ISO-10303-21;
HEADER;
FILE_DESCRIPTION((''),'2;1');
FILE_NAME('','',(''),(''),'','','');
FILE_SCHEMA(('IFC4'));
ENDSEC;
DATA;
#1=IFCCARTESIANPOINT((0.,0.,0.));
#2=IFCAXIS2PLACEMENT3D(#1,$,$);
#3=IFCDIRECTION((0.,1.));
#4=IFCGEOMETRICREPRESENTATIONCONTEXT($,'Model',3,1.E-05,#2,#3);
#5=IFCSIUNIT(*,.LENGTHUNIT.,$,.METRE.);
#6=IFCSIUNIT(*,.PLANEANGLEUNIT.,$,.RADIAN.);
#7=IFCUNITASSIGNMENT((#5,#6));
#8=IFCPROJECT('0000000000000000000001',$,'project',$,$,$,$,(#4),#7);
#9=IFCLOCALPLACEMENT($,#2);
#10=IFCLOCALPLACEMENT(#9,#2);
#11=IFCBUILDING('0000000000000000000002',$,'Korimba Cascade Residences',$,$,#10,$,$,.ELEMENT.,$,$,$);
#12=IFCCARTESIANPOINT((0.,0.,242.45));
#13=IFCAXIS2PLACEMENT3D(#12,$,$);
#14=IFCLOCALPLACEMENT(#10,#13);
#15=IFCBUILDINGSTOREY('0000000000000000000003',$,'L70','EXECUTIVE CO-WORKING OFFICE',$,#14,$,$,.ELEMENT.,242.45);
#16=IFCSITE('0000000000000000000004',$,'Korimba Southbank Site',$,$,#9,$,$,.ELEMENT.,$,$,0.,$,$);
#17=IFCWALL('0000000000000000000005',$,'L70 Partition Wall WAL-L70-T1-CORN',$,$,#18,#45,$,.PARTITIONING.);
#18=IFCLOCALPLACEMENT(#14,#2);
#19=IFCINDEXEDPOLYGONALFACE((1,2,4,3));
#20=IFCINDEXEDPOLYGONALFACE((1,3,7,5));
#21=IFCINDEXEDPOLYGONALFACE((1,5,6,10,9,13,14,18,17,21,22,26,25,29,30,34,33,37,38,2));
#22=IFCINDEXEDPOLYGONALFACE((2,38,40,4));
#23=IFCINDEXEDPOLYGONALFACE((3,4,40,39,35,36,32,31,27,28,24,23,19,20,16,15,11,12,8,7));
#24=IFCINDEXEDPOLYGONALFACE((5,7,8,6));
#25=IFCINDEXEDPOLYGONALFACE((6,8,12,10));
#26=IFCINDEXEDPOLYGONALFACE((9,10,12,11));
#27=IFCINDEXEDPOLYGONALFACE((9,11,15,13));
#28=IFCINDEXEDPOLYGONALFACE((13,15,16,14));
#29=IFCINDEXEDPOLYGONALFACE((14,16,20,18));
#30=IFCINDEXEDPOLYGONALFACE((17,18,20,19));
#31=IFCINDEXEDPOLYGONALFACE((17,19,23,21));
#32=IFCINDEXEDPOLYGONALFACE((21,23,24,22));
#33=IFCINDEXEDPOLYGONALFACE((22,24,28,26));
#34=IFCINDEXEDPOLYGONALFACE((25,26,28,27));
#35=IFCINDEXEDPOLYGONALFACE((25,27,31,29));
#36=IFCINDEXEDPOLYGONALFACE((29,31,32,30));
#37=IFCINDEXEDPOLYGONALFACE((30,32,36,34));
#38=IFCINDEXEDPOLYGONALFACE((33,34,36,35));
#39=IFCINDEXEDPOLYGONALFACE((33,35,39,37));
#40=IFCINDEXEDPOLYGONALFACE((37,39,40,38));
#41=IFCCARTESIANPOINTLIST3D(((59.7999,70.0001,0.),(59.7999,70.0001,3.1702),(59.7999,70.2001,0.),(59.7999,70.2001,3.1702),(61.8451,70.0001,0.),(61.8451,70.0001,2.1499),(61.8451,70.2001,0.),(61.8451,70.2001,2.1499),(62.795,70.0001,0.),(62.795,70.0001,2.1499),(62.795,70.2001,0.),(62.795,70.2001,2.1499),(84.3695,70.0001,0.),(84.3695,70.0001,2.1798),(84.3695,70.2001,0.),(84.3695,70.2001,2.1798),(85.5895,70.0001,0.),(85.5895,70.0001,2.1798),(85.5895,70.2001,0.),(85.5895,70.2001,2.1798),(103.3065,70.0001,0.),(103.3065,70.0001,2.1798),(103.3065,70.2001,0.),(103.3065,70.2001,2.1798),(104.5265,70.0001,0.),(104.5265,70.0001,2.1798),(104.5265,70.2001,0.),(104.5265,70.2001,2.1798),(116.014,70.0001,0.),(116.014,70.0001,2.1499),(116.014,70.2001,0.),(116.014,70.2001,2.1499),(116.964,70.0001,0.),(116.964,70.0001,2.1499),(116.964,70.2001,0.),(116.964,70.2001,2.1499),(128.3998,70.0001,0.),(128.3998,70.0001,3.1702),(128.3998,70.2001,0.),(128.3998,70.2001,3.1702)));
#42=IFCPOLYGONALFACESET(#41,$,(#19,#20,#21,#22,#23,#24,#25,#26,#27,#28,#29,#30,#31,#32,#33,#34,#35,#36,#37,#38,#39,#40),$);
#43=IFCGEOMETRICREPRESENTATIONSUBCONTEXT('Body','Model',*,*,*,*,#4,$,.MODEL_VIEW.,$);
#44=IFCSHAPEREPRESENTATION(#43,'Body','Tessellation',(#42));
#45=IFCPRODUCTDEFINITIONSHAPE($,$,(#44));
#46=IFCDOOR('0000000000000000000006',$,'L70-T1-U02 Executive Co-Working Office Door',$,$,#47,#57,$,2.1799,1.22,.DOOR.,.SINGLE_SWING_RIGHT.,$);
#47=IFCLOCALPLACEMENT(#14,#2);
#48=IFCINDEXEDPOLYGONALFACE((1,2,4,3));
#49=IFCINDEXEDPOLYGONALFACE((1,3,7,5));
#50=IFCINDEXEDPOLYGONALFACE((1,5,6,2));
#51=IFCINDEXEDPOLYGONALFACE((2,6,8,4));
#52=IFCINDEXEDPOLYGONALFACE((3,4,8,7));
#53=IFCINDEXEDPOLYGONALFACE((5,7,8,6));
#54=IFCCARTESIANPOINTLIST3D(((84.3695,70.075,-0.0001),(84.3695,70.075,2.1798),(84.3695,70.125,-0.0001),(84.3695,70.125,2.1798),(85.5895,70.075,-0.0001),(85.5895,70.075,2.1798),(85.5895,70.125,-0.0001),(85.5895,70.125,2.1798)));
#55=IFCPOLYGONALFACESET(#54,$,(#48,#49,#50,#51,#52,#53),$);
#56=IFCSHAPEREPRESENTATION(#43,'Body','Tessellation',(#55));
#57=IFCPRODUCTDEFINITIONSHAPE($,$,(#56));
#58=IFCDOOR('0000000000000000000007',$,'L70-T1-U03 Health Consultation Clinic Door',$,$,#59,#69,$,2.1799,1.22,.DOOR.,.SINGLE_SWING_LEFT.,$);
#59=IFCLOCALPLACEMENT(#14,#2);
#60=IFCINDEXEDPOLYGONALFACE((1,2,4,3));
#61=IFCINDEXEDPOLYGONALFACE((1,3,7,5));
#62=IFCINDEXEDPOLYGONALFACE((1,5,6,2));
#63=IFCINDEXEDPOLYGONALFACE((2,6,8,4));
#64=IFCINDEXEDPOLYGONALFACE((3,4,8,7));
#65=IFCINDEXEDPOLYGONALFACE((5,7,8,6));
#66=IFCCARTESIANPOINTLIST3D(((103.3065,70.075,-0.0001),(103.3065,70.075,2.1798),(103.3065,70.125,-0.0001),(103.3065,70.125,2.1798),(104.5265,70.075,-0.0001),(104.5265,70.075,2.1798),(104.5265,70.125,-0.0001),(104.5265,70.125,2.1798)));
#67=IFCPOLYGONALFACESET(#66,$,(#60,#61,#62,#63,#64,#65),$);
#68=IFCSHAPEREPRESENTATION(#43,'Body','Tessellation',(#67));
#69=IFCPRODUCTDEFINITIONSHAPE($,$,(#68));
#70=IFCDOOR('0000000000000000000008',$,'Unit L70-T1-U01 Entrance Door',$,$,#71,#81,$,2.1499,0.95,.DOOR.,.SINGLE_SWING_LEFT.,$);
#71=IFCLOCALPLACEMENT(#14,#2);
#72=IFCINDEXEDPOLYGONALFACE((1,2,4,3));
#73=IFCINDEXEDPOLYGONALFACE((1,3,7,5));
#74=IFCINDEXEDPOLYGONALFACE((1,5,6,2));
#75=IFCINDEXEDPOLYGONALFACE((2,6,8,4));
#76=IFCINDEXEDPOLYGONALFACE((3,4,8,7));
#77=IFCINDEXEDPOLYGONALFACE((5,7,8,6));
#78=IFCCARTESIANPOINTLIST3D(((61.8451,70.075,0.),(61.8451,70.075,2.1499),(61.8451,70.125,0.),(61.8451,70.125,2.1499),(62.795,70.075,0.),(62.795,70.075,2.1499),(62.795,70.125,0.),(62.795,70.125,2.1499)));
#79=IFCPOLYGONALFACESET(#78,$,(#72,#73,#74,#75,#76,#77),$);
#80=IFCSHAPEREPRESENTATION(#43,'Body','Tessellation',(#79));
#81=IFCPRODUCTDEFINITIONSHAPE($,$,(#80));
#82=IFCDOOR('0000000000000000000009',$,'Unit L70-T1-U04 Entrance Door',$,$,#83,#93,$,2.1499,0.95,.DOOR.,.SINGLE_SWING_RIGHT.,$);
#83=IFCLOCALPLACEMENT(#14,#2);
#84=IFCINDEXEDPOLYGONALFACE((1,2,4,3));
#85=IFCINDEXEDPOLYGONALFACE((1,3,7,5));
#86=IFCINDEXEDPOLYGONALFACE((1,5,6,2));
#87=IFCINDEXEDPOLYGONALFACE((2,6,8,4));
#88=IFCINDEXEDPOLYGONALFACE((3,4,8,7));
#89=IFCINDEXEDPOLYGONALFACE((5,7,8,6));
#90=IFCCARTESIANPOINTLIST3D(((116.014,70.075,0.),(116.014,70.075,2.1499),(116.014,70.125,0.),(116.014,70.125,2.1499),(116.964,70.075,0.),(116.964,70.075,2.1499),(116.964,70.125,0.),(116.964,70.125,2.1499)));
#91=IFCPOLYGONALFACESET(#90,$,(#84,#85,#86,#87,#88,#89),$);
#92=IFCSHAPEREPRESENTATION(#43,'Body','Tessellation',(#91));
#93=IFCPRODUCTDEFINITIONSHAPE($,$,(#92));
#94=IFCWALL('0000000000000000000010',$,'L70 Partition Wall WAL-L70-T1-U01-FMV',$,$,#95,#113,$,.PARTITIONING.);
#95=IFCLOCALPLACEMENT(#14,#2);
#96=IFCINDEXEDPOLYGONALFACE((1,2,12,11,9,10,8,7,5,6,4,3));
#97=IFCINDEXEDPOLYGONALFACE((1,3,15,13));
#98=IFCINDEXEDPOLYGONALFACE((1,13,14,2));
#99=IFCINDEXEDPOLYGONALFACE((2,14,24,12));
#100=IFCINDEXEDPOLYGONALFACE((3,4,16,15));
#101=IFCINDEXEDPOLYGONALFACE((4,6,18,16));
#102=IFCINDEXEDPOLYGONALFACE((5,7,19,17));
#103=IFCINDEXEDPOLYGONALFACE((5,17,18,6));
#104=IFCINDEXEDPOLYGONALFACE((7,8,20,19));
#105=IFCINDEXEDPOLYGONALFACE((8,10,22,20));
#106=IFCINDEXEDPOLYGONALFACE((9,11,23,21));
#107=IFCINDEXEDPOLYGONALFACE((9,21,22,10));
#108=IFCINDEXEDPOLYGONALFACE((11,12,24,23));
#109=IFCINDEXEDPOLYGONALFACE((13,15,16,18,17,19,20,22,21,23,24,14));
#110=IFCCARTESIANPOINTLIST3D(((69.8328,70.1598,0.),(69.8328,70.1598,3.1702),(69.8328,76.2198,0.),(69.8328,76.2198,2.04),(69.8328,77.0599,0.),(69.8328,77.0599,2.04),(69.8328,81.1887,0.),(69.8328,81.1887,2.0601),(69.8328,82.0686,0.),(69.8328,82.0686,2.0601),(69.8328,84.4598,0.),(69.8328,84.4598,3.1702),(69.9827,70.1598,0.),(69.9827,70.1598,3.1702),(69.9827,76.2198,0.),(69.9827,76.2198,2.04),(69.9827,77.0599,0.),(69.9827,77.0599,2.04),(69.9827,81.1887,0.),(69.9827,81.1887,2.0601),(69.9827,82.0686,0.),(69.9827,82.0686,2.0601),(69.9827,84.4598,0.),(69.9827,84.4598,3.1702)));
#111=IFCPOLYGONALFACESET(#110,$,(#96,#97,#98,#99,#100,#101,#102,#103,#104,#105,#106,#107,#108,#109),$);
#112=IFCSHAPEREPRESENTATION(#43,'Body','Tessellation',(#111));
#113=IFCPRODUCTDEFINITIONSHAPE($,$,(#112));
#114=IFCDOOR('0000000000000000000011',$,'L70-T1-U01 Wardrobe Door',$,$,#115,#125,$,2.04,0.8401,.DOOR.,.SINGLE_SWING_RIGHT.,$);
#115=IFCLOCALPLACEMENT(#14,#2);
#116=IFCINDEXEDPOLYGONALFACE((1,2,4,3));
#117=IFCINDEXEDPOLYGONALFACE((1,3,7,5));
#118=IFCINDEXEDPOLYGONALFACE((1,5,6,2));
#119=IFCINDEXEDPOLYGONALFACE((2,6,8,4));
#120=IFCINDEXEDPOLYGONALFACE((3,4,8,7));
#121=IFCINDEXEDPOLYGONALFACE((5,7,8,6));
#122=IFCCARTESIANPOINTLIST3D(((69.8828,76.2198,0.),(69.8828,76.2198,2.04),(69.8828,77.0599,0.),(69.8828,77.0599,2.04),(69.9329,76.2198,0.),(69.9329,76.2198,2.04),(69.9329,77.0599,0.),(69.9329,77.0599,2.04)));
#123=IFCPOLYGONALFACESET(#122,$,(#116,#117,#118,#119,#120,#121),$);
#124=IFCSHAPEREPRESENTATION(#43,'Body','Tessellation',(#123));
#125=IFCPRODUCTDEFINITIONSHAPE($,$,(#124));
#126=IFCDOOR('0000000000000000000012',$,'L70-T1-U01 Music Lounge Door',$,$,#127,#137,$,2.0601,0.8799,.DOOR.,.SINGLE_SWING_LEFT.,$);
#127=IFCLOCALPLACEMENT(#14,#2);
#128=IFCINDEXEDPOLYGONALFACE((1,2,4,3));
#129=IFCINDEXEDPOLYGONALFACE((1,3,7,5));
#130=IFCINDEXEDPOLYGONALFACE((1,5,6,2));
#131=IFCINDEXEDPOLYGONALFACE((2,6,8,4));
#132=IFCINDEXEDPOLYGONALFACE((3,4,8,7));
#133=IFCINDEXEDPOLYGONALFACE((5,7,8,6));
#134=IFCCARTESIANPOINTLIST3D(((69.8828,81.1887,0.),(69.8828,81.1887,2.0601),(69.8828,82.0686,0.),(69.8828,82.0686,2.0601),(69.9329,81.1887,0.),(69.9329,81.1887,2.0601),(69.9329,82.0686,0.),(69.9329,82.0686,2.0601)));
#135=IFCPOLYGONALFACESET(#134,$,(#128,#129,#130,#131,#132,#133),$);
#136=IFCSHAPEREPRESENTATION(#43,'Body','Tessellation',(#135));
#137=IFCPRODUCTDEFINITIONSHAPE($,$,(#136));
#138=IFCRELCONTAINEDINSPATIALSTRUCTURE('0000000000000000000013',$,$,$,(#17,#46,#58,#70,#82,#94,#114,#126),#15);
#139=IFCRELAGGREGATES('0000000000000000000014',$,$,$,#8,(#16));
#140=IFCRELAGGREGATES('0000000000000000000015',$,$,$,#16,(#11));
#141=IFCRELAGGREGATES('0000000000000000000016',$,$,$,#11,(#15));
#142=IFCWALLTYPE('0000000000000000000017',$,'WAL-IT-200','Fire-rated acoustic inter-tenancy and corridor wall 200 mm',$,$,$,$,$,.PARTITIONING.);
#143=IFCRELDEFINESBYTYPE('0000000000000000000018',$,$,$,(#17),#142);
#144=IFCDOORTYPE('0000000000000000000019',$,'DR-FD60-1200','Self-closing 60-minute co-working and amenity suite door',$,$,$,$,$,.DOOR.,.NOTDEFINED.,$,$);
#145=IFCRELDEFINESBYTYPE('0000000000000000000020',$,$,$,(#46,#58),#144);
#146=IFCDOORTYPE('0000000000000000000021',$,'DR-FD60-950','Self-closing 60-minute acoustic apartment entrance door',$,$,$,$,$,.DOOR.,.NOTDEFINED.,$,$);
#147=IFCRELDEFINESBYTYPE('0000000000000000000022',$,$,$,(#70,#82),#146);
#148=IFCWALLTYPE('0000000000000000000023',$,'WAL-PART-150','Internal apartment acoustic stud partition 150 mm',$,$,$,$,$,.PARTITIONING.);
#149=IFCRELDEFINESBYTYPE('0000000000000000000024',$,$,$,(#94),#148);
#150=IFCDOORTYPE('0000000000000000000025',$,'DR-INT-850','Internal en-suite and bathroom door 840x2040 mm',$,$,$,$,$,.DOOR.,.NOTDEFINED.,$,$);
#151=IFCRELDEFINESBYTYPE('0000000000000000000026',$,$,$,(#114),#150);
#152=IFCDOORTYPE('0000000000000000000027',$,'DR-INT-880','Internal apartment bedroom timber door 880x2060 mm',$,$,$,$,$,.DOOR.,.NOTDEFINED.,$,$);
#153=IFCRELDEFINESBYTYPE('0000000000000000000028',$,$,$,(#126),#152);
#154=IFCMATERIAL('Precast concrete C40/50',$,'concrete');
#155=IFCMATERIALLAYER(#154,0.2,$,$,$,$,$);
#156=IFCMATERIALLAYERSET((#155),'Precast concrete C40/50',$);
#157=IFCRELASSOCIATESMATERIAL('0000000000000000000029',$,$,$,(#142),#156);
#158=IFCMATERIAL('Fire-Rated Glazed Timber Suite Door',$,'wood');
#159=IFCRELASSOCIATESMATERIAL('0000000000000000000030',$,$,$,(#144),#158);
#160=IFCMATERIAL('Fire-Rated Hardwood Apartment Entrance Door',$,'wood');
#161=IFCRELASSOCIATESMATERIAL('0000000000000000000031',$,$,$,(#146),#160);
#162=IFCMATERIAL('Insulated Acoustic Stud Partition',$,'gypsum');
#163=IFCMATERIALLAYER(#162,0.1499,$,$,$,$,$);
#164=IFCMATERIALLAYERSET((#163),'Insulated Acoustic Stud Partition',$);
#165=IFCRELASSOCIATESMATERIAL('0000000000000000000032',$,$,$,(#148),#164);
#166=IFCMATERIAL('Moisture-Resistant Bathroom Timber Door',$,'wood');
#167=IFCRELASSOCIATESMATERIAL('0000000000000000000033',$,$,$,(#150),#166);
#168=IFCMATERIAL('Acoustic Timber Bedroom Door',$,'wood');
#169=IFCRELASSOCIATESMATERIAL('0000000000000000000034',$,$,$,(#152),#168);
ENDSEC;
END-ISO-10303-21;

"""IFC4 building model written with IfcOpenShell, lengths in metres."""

from ifc_helpers import new_model, si_unit, direction, frame, frame_2d, origin, place, context, subcontext, project, spatial, rectangle, extrude, material, layer, layer_set, type_object, element, fill, save


model = new_model("IFC4")

# Units and contexts
model_context = context("Model", 3, precision=1e-05, world=origin(), true_north=direction((0.0, 1.0)))
body_context = subcontext(model_context, "Body", "Model", "MODEL_VIEW")
ifc_project = project(units=[si_unit("LENGTHUNIT", "METRE"), si_unit("PLANEANGLEUNIT", "RADIAN")], contexts=[model_context])

# Site, building, storey
site_placement = place(None, origin())
site = spatial("IfcSite", under=ifc_project, at=site_placement, Name="Korimba Southbank Site", CompositionType="ELEMENT", RefElevation=0.0)
building_placement = place(site_placement, origin())
building = spatial("IfcBuilding", under=site, at=building_placement, Name="Korimba Cascade Residences", CompositionType="ELEMENT")
storey_placement = place(building_placement, frame((0.0, 0.0, 242.45)))
storey = spatial("IfcBuildingStorey", under=building, at=storey_placement, Name="L70", Description="EXECUTIVE CO-WORKING OFFICE", CompositionType="ELEMENT", Elevation=242.45)

# Shared definitions
ifc_material_1 = material(Name="Precast concrete C40/50", Category="concrete")
ifc_layer_1 = layer(ifc_material_1, 0.2)
ifc_layer_set_1 = layer_set([ifc_layer_1], Name="Precast concrete C40/50")
wall_type_1 = type_object("IfcWallType", Name="WAL-IT-200", Description="Fire-rated acoustic inter-tenancy and corridor wall 200 mm", PredefinedType="PARTITIONING", material=ifc_layer_set_1)

# Walls, openings, doors
wall_1_placement = place(storey_placement, frame((59.8, 70.1001, 0.0), z_axis=(0.0, 0.0, 1.0), x_axis=(1.0, 0.0, 0.0)))
wall_1 = element("IfcWall", 1, at=wall_1_placement, inside=storey, type_object=wall_type_1, Name="L70 Partition Wall WAL-L70-T1-CORN", PredefinedType="PARTITIONING", context=body_context, shape_type="SweptSolid", body=[
    extrude(rectangle(XDim=68.5999, YDim=0.2, at=frame_2d((34.2998, 0.0))), origin(), (0.0, 0.0, 1.0), 3.1702),
])
opening_1_placement = place(wall_1_placement, frame((2.0449, 0.0, 0.0)))
opening_1 = element("IfcOpeningElement", 2, at=opening_1_placement, cuts=wall_1, PredefinedType="OPENING", context=body_context, shape_type="SweptSolid", body=[
    extrude(rectangle(XDim=0.95, YDim=2.1499, at=frame_2d((0.4751, 1.075))), frame((0.0, 0.1099, 0.0), z_axis=(0.0, -1.0, 0.0), x_axis=(1.0, 0.0, 0.0)), (0.0, 0.0, 1.0), 0.22),
])
opening_2_placement = place(wall_1_placement, frame((24.5696, 0.0, 0.0)))
opening_2 = element("IfcOpeningElement", 3, at=opening_2_placement, cuts=wall_1, PredefinedType="OPENING", context=body_context, shape_type="SweptSolid", body=[
    extrude(rectangle(XDim=1.22, YDim=2.1799, at=frame_2d((0.6099, 1.0898))), frame((0.0, 0.1099, 0.0), z_axis=(0.0, -1.0, 0.0), x_axis=(1.0, 0.0, 0.0)), (0.0, 0.0, 1.0), 0.22),
])
opening_3_placement = place(wall_1_placement, frame((43.5066, 0.0, 0.0)))
opening_3 = element("IfcOpeningElement", 4, at=opening_3_placement, cuts=wall_1, PredefinedType="OPENING", context=body_context, shape_type="SweptSolid", body=[
    extrude(rectangle(XDim=1.22, YDim=2.1799, at=frame_2d((0.6099, 1.0898))), frame((0.0, 0.1099, 0.0), z_axis=(0.0, -1.0, 0.0), x_axis=(1.0, 0.0, 0.0)), (0.0, 0.0, 1.0), 0.22),
])
opening_4_placement = place(wall_1_placement, frame((56.2139, 0.0, 0.0)))
opening_4 = element("IfcOpeningElement", 5, at=opening_4_placement, cuts=wall_1, PredefinedType="OPENING", context=body_context, shape_type="SweptSolid", body=[
    extrude(rectangle(XDim=0.95, YDim=2.1499, at=frame_2d((0.4751, 1.075))), frame((0.0, 0.1099, 0.0), z_axis=(0.0, -1.0, 0.0), x_axis=(1.0, 0.0, 0.0)), (0.0, 0.0, 1.0), 0.22),
])
ifc_material_2 = material(Name="Fire-Rated Glazed Timber Suite Door", Category="wood")
door_type_1 = type_object("IfcDoorType", Name="DR-FD60-1200", Description="Self-closing 60-minute co-working and amenity suite door", OperationType="NOTDEFINED", PredefinedType="DOOR", material=ifc_material_2)
door_1_placement = place(opening_2_placement, origin())
door_1 = element("IfcDoor", 6, at=door_1_placement, inside=storey, type_object=door_type_1, Name="L70-T1-U02 Executive Co-Working Office Door", OperationType="SINGLE_SWING_RIGHT", OverallHeight=2.1799, OverallWidth=1.22, PredefinedType="DOOR", context=body_context, shape_type="SweptSolid", body=[
    extrude(rectangle(XDim=1.22, YDim=2.1799, at=frame_2d((0.6099, 1.0898))), frame((0.0, 0.0249, 0.0), z_axis=(0.0, -1.0, 0.0), x_axis=(1.0, 0.0, 0.0)), (0.0, 0.0, 1.0), 0.05),
])
fill(opening_2, door_1)
door_2_placement = place(opening_3_placement, origin())
door_2 = element("IfcDoor", 7, at=door_2_placement, inside=storey, type_object=door_type_1, Name="L70-T1-U03 Health Consultation Clinic Door", OperationType="SINGLE_SWING_LEFT", OverallHeight=2.1799, OverallWidth=1.22, PredefinedType="DOOR", context=body_context, shape_type="SweptSolid", body=[
    extrude(rectangle(XDim=1.22, YDim=2.1799, at=frame_2d((0.6099, 1.0898))), frame((0.0, 0.0249, 0.0), z_axis=(0.0, -1.0, 0.0), x_axis=(1.0, 0.0, 0.0)), (0.0, 0.0, 1.0), 0.05),
])
fill(opening_3, door_2)
ifc_material_3 = material(Name="Fire-Rated Hardwood Apartment Entrance Door", Category="wood")
door_type_2 = type_object("IfcDoorType", Name="DR-FD60-950", Description="Self-closing 60-minute acoustic apartment entrance door", OperationType="NOTDEFINED", PredefinedType="DOOR", material=ifc_material_3)
door_3_placement = place(opening_1_placement, origin())
door_3 = element("IfcDoor", 8, at=door_3_placement, inside=storey, type_object=door_type_2, Name="Unit L70-T1-U01 Entrance Door", OperationType="SINGLE_SWING_LEFT", OverallHeight=2.1499, OverallWidth=0.95, PredefinedType="DOOR", context=body_context, shape_type="SweptSolid", body=[
    extrude(rectangle(XDim=0.95, YDim=2.1499, at=frame_2d((0.4751, 1.075))), frame((0.0, 0.0249, 0.0), z_axis=(0.0, -1.0, 0.0), x_axis=(1.0, 0.0, 0.0)), (0.0, 0.0, 1.0), 0.05),
])
fill(opening_1, door_3)
door_4_placement = place(opening_4_placement, origin())
door_4 = element("IfcDoor", 9, at=door_4_placement, inside=storey, type_object=door_type_2, Name="Unit L70-T1-U04 Entrance Door", OperationType="SINGLE_SWING_RIGHT", OverallHeight=2.1499, OverallWidth=0.95, PredefinedType="DOOR", context=body_context, shape_type="SweptSolid", body=[
    extrude(rectangle(XDim=0.95, YDim=2.1499, at=frame_2d((0.4751, 1.075))), frame((0.0, 0.0249, 0.0), z_axis=(0.0, -1.0, 0.0), x_axis=(1.0, 0.0, 0.0)), (0.0, 0.0, 1.0), 0.05),
])
fill(opening_4, door_4)
ifc_material_4 = material(Name="Insulated Acoustic Stud Partition", Category="gypsum")
ifc_layer_2 = layer(ifc_material_4, 0.1499)
ifc_layer_set_2 = layer_set([ifc_layer_2], Name="Insulated Acoustic Stud Partition")
wall_type_2 = type_object("IfcWallType", Name="WAL-PART-150", Description="Internal apartment acoustic stud partition 150 mm", PredefinedType="PARTITIONING", material=ifc_layer_set_2)
wall_2_placement = place(storey_placement, frame((69.9077, 70.1599, 0.0), z_axis=(0.0, 0.0, 1.0), x_axis=(0.0, 1.0, 0.0)))
wall_2 = element("IfcWall", 10, at=wall_2_placement, inside=storey, type_object=wall_type_2, Name="L70 Partition Wall WAL-L70-T1-U01-FMV", PredefinedType="PARTITIONING", context=body_context, shape_type="SweptSolid", body=[
    extrude(rectangle(XDim=14.3, YDim=0.1499, at=frame_2d((7.1499, 0.0))), origin(), (0.0, 0.0, 1.0), 3.1702),
])
opening_5_placement = place(wall_2_placement, frame((6.0601, 0.0, 0.0)))
opening_5 = element("IfcOpeningElement", 11, at=opening_5_placement, cuts=wall_2, PredefinedType="OPENING", context=body_context, shape_type="SweptSolid", body=[
    extrude(rectangle(XDim=0.8401, YDim=2.04, at=frame_2d((0.4199, 1.02))), frame((0.0, 0.085, 0.0), z_axis=(0.0, -1.0, 0.0), x_axis=(1.0, 0.0, 0.0)), (0.0, 0.0, 1.0), 0.1699),
])
opening_6_placement = place(wall_2_placement, frame((11.0288, 0.0, 0.0)))
opening_6 = element("IfcOpeningElement", 12, at=opening_6_placement, cuts=wall_2, PredefinedType="OPENING", context=body_context, shape_type="SweptSolid", body=[
    extrude(rectangle(XDim=0.8799, YDim=2.0601, at=frame_2d((0.4399, 1.03))), frame((0.0, 0.085, 0.0), z_axis=(0.0, -1.0, 0.0), x_axis=(1.0, 0.0, 0.0)), (0.0, 0.0, 1.0), 0.1699),
])
ifc_material_5 = material(Name="Moisture-Resistant Bathroom Timber Door", Category="wood")
door_type_3 = type_object("IfcDoorType", Name="DR-INT-850", Description="Internal en-suite and bathroom door 840x2040 mm", OperationType="NOTDEFINED", PredefinedType="DOOR", material=ifc_material_5)
door_5_placement = place(opening_5_placement, origin())
door_5 = element("IfcDoor", 13, at=door_5_placement, inside=storey, type_object=door_type_3, Name="L70-T1-U01 Wardrobe Door", OperationType="SINGLE_SWING_RIGHT", OverallHeight=2.04, OverallWidth=0.8401, PredefinedType="DOOR", context=body_context, shape_type="SweptSolid", body=[
    extrude(rectangle(XDim=0.8401, YDim=2.04, at=frame_2d((0.4199, 1.02))), frame((0.0, 0.0249, 0.0), z_axis=(0.0, -1.0, 0.0), x_axis=(1.0, 0.0, 0.0)), (0.0, 0.0, 1.0), 0.05),
])
fill(opening_5, door_5)
ifc_material_6 = material(Name="Acoustic Timber Bedroom Door", Category="wood")
door_type_4 = type_object("IfcDoorType", Name="DR-INT-880", Description="Internal apartment bedroom timber door 880x2060 mm", OperationType="NOTDEFINED", PredefinedType="DOOR", material=ifc_material_6)
door_6_placement = place(opening_6_placement, origin())
door_6 = element("IfcDoor", 14, at=door_6_placement, inside=storey, type_object=door_type_4, Name="L70-T1-U01 Music Lounge Door", OperationType="SINGLE_SWING_LEFT", OverallHeight=2.0601, OverallWidth=0.8799, PredefinedType="DOOR", context=body_context, shape_type="SweptSolid", body=[
    extrude(rectangle(XDim=0.8799, YDim=2.0601, at=frame_2d((0.4399, 1.03))), frame((0.0, 0.0249, 0.0), z_axis=(0.0, -1.0, 0.0), x_axis=(1.0, 0.0, 0.0)), (0.0, 0.0, 1.0), 0.05),
])
fill(opening_6, door_6)

save(model, "model.ifc")
